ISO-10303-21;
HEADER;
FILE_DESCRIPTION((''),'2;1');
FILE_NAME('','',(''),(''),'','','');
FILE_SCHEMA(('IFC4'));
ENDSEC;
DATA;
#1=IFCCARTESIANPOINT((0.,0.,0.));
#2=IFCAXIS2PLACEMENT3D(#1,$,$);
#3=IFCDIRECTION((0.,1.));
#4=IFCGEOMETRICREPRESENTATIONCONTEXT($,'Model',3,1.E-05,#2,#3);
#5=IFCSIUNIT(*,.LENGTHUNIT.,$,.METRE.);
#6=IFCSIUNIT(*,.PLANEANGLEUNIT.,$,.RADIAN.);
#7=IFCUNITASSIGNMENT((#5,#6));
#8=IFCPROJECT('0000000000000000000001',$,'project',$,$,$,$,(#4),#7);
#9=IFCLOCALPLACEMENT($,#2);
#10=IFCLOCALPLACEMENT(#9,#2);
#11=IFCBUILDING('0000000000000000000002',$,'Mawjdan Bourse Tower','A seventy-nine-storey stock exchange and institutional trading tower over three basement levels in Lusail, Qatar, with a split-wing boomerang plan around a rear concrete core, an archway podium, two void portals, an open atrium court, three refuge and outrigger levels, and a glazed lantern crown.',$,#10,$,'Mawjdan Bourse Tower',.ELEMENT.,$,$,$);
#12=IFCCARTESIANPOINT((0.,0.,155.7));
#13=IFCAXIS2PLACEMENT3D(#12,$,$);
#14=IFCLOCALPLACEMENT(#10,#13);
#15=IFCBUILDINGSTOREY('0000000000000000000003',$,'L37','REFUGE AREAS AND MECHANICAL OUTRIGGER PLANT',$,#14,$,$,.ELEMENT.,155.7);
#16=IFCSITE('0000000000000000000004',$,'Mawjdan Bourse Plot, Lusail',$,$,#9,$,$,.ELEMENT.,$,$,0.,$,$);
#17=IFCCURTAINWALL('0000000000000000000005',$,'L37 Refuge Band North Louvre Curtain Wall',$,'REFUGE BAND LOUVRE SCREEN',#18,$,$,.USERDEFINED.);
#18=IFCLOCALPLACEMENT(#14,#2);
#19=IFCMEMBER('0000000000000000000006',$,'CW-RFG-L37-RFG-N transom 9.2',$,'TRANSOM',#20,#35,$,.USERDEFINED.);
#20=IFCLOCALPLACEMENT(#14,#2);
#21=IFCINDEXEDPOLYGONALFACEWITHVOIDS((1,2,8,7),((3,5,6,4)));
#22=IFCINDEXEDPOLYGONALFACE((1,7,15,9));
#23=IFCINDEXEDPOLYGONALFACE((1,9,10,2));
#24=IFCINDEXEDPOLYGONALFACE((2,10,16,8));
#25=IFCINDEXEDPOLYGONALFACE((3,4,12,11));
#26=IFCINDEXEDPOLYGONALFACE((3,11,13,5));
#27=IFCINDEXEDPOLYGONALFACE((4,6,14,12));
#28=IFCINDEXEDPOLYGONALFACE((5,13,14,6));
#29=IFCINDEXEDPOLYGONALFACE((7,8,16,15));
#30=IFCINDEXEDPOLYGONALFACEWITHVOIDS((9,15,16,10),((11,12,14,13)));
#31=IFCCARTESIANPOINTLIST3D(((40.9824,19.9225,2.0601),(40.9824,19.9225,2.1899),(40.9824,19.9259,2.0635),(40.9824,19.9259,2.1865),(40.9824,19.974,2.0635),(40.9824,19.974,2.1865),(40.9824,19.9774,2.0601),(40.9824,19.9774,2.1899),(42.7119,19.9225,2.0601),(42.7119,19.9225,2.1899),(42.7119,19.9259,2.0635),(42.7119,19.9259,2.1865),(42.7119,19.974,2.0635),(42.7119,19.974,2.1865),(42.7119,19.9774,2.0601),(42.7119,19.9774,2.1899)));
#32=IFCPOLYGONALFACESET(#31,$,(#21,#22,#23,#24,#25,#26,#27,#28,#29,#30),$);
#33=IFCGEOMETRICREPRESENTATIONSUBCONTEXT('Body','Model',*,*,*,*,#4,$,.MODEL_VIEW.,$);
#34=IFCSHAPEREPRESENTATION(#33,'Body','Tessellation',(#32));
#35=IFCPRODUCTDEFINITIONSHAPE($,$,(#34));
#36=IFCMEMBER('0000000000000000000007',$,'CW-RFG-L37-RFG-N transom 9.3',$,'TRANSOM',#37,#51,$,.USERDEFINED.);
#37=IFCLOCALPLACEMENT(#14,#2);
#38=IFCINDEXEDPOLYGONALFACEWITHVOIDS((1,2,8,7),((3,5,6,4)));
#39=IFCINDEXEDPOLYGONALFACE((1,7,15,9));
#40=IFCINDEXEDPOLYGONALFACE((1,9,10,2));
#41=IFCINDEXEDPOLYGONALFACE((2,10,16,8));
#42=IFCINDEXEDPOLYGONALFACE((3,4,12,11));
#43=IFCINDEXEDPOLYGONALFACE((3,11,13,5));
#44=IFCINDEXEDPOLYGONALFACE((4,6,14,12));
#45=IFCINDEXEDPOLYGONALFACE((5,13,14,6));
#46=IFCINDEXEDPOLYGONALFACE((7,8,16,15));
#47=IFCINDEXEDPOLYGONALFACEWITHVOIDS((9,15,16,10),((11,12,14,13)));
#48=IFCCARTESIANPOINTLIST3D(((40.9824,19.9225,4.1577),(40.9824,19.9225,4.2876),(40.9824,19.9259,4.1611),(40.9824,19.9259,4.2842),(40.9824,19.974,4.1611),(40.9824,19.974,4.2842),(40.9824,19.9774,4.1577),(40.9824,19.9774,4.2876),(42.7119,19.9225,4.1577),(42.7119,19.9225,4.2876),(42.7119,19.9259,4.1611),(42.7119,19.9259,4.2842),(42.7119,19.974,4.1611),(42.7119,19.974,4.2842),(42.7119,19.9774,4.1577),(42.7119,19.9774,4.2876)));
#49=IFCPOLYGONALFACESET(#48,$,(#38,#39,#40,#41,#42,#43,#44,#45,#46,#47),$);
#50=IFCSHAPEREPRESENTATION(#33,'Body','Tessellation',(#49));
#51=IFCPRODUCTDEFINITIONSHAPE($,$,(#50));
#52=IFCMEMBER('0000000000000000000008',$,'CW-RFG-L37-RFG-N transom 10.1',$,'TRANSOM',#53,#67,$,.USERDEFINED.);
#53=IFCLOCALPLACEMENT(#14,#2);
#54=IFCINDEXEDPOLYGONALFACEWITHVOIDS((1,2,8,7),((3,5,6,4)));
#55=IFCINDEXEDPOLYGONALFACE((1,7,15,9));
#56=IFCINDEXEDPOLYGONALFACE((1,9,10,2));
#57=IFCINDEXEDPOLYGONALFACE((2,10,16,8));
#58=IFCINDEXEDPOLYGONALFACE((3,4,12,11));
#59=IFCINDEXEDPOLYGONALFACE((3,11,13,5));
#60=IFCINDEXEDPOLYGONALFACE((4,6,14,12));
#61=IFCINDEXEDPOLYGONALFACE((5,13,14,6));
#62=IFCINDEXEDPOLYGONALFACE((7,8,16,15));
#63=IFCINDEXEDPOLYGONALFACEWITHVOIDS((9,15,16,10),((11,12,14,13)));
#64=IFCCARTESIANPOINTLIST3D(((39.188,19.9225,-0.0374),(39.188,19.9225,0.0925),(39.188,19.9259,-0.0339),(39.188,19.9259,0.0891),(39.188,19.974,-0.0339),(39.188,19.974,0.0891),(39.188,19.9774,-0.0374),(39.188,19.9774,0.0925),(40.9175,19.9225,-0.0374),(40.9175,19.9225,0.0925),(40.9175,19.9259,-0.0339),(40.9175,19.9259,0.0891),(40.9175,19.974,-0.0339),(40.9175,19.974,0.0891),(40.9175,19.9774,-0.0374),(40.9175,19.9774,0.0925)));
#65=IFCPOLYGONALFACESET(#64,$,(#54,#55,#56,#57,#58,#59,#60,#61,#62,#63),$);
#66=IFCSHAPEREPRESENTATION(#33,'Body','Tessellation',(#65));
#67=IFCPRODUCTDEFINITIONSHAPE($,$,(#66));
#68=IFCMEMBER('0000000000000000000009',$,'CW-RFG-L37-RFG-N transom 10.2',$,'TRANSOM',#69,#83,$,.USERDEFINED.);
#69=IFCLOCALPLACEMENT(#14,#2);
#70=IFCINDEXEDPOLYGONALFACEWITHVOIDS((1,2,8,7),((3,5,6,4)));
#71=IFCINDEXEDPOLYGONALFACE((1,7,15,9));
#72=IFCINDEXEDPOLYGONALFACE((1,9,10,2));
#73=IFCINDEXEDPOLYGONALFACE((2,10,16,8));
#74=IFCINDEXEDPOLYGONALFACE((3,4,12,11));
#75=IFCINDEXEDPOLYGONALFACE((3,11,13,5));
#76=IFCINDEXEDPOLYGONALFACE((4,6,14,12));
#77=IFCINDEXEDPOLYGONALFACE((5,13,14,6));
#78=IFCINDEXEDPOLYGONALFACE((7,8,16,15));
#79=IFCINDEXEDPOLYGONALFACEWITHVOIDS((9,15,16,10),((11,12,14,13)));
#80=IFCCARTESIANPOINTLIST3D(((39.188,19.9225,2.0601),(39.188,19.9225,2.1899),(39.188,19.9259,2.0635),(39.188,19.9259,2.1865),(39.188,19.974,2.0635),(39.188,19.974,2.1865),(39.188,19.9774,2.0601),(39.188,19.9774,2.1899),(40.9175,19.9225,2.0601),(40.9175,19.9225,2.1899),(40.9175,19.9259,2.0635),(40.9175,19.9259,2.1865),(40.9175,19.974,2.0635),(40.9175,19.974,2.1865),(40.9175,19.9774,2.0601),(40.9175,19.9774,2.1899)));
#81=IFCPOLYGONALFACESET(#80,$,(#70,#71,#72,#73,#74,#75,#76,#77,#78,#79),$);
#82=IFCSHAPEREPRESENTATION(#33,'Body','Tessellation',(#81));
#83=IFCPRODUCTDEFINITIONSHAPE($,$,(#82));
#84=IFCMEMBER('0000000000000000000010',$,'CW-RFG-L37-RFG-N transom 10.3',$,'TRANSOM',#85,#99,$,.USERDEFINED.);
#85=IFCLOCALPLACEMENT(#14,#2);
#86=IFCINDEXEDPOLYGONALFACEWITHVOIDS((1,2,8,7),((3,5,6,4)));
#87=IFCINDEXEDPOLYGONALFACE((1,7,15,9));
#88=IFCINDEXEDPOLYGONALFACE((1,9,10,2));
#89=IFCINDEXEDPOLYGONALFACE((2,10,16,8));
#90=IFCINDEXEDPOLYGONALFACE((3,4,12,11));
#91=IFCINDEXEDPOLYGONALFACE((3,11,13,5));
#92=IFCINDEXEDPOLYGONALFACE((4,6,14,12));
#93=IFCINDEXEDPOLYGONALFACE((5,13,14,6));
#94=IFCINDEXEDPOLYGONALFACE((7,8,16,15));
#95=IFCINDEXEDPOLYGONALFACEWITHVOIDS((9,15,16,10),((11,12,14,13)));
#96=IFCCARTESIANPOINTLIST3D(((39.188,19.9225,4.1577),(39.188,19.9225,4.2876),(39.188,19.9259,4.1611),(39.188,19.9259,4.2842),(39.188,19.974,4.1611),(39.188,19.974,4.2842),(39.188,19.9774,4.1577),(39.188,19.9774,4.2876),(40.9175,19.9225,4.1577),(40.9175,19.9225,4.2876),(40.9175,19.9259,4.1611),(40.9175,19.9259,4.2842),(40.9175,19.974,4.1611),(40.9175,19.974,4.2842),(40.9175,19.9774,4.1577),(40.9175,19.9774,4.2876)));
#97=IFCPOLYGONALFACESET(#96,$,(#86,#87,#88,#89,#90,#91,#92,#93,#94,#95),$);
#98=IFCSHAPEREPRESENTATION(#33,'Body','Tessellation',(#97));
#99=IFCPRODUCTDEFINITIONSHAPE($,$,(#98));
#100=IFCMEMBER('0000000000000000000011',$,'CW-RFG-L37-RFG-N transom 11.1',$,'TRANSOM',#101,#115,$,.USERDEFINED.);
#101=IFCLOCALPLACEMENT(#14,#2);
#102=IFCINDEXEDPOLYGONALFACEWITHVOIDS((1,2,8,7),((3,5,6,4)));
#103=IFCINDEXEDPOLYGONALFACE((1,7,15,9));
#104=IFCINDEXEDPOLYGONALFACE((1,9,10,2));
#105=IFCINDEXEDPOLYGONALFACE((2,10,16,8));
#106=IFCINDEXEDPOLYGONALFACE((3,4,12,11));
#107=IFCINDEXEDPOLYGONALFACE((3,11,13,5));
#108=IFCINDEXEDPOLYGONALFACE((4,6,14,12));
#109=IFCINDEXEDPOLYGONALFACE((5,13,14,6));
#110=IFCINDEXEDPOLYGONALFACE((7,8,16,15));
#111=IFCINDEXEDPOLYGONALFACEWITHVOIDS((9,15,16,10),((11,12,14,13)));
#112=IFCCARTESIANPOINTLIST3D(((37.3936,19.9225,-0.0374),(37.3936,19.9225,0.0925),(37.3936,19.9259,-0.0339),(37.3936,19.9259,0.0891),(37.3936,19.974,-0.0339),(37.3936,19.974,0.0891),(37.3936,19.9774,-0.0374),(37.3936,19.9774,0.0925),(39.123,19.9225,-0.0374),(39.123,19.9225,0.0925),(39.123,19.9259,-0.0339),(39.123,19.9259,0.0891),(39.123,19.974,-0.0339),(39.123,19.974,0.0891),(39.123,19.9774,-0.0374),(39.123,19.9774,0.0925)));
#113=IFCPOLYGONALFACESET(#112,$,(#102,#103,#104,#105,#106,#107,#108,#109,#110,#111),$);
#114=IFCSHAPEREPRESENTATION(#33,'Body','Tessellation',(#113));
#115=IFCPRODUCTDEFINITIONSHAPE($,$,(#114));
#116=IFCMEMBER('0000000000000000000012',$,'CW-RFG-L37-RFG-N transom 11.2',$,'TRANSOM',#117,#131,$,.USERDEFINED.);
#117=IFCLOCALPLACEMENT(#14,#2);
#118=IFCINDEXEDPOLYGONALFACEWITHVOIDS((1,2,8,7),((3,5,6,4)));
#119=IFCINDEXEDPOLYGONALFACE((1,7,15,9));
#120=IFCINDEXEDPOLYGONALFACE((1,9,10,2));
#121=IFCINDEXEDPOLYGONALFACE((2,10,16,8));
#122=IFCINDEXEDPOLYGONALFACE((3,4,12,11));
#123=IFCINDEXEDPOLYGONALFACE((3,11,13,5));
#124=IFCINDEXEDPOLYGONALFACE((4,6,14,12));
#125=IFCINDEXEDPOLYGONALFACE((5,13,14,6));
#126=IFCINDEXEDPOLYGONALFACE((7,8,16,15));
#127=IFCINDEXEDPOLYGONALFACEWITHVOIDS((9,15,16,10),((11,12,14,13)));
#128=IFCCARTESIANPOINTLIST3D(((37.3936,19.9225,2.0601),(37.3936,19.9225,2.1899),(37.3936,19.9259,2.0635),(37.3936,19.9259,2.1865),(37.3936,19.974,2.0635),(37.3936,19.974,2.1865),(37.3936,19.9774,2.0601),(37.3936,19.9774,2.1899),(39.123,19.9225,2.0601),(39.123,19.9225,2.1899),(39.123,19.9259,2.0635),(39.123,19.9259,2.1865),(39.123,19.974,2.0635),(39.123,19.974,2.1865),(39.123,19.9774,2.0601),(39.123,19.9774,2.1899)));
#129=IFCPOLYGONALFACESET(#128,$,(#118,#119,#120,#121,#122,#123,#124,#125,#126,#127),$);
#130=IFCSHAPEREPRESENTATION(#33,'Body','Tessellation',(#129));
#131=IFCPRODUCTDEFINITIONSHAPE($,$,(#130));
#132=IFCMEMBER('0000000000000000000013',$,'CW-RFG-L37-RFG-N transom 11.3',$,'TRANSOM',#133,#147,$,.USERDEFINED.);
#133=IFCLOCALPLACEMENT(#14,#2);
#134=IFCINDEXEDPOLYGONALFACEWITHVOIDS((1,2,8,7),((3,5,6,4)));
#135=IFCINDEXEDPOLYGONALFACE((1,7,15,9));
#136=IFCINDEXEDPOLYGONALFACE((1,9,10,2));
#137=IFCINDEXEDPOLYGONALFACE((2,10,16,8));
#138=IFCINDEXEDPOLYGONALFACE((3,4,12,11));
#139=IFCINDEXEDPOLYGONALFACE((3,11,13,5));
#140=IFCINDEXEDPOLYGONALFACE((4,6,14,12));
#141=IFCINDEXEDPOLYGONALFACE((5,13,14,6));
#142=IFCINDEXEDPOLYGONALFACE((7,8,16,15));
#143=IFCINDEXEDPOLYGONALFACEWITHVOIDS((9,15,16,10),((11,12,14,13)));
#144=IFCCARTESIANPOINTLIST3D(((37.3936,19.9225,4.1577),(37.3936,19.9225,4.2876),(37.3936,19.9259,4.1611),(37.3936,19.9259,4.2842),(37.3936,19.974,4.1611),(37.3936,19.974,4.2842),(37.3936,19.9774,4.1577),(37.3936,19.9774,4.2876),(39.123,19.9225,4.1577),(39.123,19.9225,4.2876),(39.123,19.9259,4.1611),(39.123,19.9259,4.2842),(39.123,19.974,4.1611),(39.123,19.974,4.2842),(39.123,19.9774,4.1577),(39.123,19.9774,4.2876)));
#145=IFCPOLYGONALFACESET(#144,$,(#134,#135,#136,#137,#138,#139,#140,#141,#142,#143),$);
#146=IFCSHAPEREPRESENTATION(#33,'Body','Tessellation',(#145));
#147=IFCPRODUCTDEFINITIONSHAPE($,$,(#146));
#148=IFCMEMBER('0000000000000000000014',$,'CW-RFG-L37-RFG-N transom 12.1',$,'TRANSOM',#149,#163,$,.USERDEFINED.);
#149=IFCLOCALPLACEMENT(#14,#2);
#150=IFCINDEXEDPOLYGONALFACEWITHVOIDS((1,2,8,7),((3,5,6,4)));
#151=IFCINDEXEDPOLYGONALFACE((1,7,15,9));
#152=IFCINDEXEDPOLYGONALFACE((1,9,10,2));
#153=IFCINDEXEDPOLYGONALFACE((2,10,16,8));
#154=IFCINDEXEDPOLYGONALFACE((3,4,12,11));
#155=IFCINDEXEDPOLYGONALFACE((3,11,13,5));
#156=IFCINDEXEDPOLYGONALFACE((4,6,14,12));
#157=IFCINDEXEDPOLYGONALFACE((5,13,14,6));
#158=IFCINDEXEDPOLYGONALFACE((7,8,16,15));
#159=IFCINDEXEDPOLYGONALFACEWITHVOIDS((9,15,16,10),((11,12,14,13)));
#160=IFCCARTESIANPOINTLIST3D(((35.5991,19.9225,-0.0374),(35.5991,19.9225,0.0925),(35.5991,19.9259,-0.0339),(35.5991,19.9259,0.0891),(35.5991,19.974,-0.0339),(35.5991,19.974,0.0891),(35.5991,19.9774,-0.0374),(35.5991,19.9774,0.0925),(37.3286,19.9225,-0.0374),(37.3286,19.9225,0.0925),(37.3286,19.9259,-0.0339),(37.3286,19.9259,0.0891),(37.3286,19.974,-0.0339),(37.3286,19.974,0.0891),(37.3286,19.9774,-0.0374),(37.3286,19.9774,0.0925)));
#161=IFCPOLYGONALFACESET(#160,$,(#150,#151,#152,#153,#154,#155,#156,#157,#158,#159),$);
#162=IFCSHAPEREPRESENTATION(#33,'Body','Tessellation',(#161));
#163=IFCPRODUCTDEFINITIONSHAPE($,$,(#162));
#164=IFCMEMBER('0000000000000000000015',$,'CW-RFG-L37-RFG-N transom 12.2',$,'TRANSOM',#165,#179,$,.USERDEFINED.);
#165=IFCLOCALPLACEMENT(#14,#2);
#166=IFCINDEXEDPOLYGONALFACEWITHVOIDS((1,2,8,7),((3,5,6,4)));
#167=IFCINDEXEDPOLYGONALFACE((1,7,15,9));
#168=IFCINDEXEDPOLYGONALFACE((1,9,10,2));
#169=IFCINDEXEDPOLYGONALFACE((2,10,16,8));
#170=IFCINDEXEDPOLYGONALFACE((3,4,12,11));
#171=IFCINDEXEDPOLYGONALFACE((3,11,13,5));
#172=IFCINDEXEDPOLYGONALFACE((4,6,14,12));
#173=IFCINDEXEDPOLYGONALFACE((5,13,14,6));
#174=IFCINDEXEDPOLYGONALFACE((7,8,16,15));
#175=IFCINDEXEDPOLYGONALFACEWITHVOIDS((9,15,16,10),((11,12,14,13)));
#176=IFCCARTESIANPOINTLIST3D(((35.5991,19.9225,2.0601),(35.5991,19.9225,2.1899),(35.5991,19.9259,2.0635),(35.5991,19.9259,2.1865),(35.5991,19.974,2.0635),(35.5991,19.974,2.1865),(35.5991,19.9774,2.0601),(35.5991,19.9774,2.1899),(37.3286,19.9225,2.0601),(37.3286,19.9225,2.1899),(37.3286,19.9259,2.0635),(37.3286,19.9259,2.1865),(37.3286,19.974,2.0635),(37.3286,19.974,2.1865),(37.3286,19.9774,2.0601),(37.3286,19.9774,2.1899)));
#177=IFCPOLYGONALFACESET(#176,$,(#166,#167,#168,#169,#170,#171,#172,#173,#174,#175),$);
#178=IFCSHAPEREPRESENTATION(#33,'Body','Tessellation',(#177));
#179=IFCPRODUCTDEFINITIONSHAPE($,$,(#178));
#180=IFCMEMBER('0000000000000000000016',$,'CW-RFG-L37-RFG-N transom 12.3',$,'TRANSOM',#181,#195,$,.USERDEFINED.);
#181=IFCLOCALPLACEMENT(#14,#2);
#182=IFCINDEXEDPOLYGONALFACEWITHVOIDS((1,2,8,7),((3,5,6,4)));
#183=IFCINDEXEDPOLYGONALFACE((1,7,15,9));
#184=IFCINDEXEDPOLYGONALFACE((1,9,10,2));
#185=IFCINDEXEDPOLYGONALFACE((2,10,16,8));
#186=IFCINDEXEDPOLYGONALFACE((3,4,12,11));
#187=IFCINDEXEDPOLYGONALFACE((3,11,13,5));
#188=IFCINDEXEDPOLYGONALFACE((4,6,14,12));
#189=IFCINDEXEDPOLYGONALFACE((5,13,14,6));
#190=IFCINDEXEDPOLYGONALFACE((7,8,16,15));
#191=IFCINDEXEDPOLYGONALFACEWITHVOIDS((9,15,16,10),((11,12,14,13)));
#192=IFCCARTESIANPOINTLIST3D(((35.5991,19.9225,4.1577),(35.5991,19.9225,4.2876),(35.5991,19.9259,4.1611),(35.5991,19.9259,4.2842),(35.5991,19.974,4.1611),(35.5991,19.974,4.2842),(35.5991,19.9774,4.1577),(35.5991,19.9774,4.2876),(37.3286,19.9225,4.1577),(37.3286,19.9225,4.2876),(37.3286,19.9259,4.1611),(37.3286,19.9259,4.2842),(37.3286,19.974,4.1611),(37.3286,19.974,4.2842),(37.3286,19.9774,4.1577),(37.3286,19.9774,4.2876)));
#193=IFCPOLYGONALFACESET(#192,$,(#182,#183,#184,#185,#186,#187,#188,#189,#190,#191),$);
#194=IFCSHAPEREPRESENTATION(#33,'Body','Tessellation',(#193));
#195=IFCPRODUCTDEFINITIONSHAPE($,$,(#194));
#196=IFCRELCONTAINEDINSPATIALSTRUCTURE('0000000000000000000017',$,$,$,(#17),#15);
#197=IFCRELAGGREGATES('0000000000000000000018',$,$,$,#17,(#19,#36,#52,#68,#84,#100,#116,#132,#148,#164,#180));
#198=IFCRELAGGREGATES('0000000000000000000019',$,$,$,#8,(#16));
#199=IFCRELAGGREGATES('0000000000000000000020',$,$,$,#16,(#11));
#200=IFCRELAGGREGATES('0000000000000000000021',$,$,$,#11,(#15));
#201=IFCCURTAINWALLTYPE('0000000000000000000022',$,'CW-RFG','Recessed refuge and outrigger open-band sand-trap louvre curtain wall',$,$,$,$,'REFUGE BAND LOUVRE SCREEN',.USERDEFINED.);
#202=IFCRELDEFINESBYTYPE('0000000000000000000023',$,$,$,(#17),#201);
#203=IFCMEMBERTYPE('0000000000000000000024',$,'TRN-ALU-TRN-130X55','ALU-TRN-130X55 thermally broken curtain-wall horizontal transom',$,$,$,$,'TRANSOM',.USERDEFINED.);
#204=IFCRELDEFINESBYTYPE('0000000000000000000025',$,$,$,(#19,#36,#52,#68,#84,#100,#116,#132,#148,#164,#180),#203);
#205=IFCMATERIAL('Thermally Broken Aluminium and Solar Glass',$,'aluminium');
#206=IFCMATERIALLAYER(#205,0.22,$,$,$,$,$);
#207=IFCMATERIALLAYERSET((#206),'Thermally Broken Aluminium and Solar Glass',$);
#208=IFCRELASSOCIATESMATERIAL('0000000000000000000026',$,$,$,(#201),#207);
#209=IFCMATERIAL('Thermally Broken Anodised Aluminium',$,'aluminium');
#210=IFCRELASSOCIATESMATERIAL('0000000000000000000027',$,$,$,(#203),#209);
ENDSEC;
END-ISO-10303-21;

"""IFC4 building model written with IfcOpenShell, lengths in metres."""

from ifc_helpers import new_model, si_unit, direction, frame, origin, origin_2d, place, context, subcontext, project, spatial, hollow_rectangle, extrude, material, layer, layer_set, material_profile, profile_set, type_object, element, aggregate, save


model = new_model("IFC4")

# Units and contexts
model_context = context("Model", 3, precision=1e-05, world=origin(), true_north=direction((0.0, 1.0)))
body_context = subcontext(model_context, "Body", "Model", "MODEL_VIEW")
ifc_project = project(units=[si_unit("LENGTHUNIT", "METRE"), si_unit("PLANEANGLEUNIT", "RADIAN")], contexts=[model_context])

# Site, building, storey
site_placement = place(None, origin())
site = spatial("IfcSite", under=ifc_project, at=site_placement, Name="Mawjdan Bourse Plot, Lusail", CompositionType="ELEMENT", RefElevation=0.0)
building_placement = place(site_placement, origin())
building = spatial("IfcBuilding", under=site, at=building_placement, Name="Mawjdan Bourse Tower", Description="A seventy-nine-storey stock exchange and institutional trading tower over three basement levels in Lusail, Qatar, with a split-wing boomerang plan around a rear concrete core, an archway podium, two void portals, an open atrium court, three refuge and outrigger levels, and a glazed lantern crown.", LongName="Mawjdan Bourse Tower", CompositionType="ELEMENT")
storey_placement = place(building_placement, frame((0.0, 0.0, 155.7)))
storey = spatial("IfcBuildingStorey", under=building, at=storey_placement, Name="L37", Description="REFUGE AREAS AND MECHANICAL OUTRIGGER PLANT", CompositionType="ELEMENT", Elevation=155.7)

# Curtain wall
ifc_material_1 = material(Name="Thermally Broken Aluminium and Solar Glass", Category="aluminium")
ifc_layer_1 = layer(ifc_material_1, 0.22)
ifc_layer_set_1 = layer_set([ifc_layer_1], Name="Thermally Broken Aluminium and Solar Glass")
curtain_wall_type = type_object("IfcCurtainWallType", Name="CW-RFG", Description="Recessed refuge and outrigger open-band sand-trap louvre curtain wall", ElementType="REFUGE BAND LOUVRE SCREEN", PredefinedType="USERDEFINED", material=ifc_layer_set_1)
curtain_wall_placement = place(storey_placement, origin())
curtain_wall = element("IfcCurtainWall", 1, at=curtain_wall_placement, inside=storey, type_object=curtain_wall_type, Name="L37 Refuge Band North Louvre Curtain Wall", ObjectType="REFUGE BAND LOUVRE SCREEN", PredefinedType="USERDEFINED")
ifc_material_2 = material(Name="Thermally Broken Anodised Aluminium", Category="aluminium")

# Members
ifc_material_profile_1 = material_profile(ifc_material_2, hollow_rectangle(XDim=0.0549, YDim=0.1299, WallThickness=0.0034, at=origin_2d()), Name="ALU-TRN-130X55")
ifc_profile_set_1 = profile_set([ifc_material_profile_1], Name="Thermally Broken Anodised Aluminium")
member_type_1 = type_object("IfcMemberType", Name="TRN-ALU-TRN-130X55", Description="ALU-TRN-130X55 thermally broken curtain-wall horizontal transom", ElementType="TRANSOM", PredefinedType="USERDEFINED", material=ifc_profile_set_1)
member_1_placement = place(storey_placement, frame((42.7119, 19.95, 2.125), z_axis=(-1.0, 0.0, 0.0), x_axis=(0.0, -1.0, 0.0)))
member_1 = element("IfcMember", 2, at=member_1_placement, type_object=member_type_1, Name="CW-RFG-L37-RFG-N transom 9.2", ObjectType="TRANSOM", PredefinedType="USERDEFINED", context=body_context, shape_type="SweptSolid", body=[
    extrude(hollow_rectangle(XDim=0.0549, YDim=0.1299, WallThickness=0.0034, at=origin_2d()), origin(), (0.0, 0.0, 1.0), 1.7295),
])
member_2_placement = place(storey_placement, frame((42.7119, 19.95, 4.2227), z_axis=(-1.0, 0.0, 0.0), x_axis=(0.0, -1.0, 0.0)))
member_2 = element("IfcMember", 3, at=member_2_placement, type_object=member_type_1, Name="CW-RFG-L37-RFG-N transom 9.3", ObjectType="TRANSOM", PredefinedType="USERDEFINED", context=body_context, shape_type="SweptSolid", body=[
    extrude(hollow_rectangle(XDim=0.0549, YDim=0.1299, WallThickness=0.0034, at=origin_2d()), origin(), (0.0, 0.0, 1.0), 1.7295),
])
member_3_placement = place(storey_placement, frame((40.9175, 19.95, 0.0276), z_axis=(-1.0, 0.0, 0.0), x_axis=(0.0, -1.0, 0.0)))
member_3 = element("IfcMember", 4, at=member_3_placement, type_object=member_type_1, Name="CW-RFG-L37-RFG-N transom 10.1", ObjectType="TRANSOM", PredefinedType="USERDEFINED", context=body_context, shape_type="SweptSolid", body=[
    extrude(hollow_rectangle(XDim=0.0549, YDim=0.1299, WallThickness=0.0034, at=origin_2d()), origin(), (0.0, 0.0, 1.0), 1.7295),
])
member_4_placement = place(storey_placement, frame((40.9175, 19.95, 2.125), z_axis=(-1.0, 0.0, 0.0), x_axis=(0.0, -1.0, 0.0)))
member_4 = element("IfcMember", 5, at=member_4_placement, type_object=member_type_1, Name="CW-RFG-L37-RFG-N transom 10.2", ObjectType="TRANSOM", PredefinedType="USERDEFINED", context=body_context, shape_type="SweptSolid", body=[
    extrude(hollow_rectangle(XDim=0.0549, YDim=0.1299, WallThickness=0.0034, at=origin_2d()), origin(), (0.0, 0.0, 1.0), 1.7295),
])
member_5_placement = place(storey_placement, frame((40.9175, 19.95, 4.2227), z_axis=(-1.0, 0.0, 0.0), x_axis=(0.0, -1.0, 0.0)))
member_5 = element("IfcMember", 6, at=member_5_placement, type_object=member_type_1, Name="CW-RFG-L37-RFG-N transom 10.3", ObjectType="TRANSOM", PredefinedType="USERDEFINED", context=body_context, shape_type="SweptSolid", body=[
    extrude(hollow_rectangle(XDim=0.0549, YDim=0.1299, WallThickness=0.0034, at=origin_2d()), origin(), (0.0, 0.0, 1.0), 1.7295),
])
member_6_placement = place(storey_placement, frame((39.123, 19.95, 0.0276), z_axis=(-1.0, 0.0, 0.0), x_axis=(0.0, -1.0, 0.0)))
member_6 = element("IfcMember", 7, at=member_6_placement, type_object=member_type_1, Name="CW-RFG-L37-RFG-N transom 11.1", ObjectType="TRANSOM", PredefinedType="USERDEFINED", context=body_context, shape_type="SweptSolid", body=[
    extrude(hollow_rectangle(XDim=0.0549, YDim=0.1299, WallThickness=0.0034, at=origin_2d()), origin(), (0.0, 0.0, 1.0), 1.7295),
])
member_7_placement = place(storey_placement, frame((39.123, 19.95, 2.125), z_axis=(-1.0, 0.0, 0.0), x_axis=(0.0, -1.0, 0.0)))
member_7 = element("IfcMember", 8, at=member_7_placement, type_object=member_type_1, Name="CW-RFG-L37-RFG-N transom 11.2", ObjectType="TRANSOM", PredefinedType="USERDEFINED", context=body_context, shape_type="SweptSolid", body=[
    extrude(hollow_rectangle(XDim=0.0549, YDim=0.1299, WallThickness=0.0034, at=origin_2d()), origin(), (0.0, 0.0, 1.0), 1.7295),
])
member_8_placement = place(storey_placement, frame((39.123, 19.95, 4.2227), z_axis=(-1.0, 0.0, 0.0), x_axis=(0.0, -1.0, 0.0)))
member_8 = element("IfcMember", 9, at=member_8_placement, type_object=member_type_1, Name="CW-RFG-L37-RFG-N transom 11.3", ObjectType="TRANSOM", PredefinedType="USERDEFINED", context=body_context, shape_type="SweptSolid", body=[
    extrude(hollow_rectangle(XDim=0.0549, YDim=0.1299, WallThickness=0.0034, at=origin_2d()), origin(), (0.0, 0.0, 1.0), 1.7295),
])
member_9_placement = place(storey_placement, frame((37.3286, 19.95, 0.0276), z_axis=(-1.0, 0.0, 0.0), x_axis=(0.0, -1.0, 0.0)))
member_9 = element("IfcMember", 10, at=member_9_placement, type_object=member_type_1, Name="CW-RFG-L37-RFG-N transom 12.1", ObjectType="TRANSOM", PredefinedType="USERDEFINED", context=body_context, shape_type="SweptSolid", body=[
    extrude(hollow_rectangle(XDim=0.0549, YDim=0.1299, WallThickness=0.0034, at=origin_2d()), origin(), (0.0, 0.0, 1.0), 1.7295),
])
member_10_placement = place(storey_placement, frame((37.3286, 19.95, 2.125), z_axis=(-1.0, 0.0, 0.0), x_axis=(0.0, -1.0, 0.0)))
member_10 = element("IfcMember", 11, at=member_10_placement, type_object=member_type_1, Name="CW-RFG-L37-RFG-N transom 12.2", ObjectType="TRANSOM", PredefinedType="USERDEFINED", context=body_context, shape_type="SweptSolid", body=[
    extrude(hollow_rectangle(XDim=0.0549, YDim=0.1299, WallThickness=0.0034, at=origin_2d()), origin(), (0.0, 0.0, 1.0), 1.7295),
])
member_11_placement = place(storey_placement, frame((37.3286, 19.95, 4.2227), z_axis=(-1.0, 0.0, 0.0), x_axis=(0.0, -1.0, 0.0)))
member_11 = element("IfcMember", 12, at=member_11_placement, type_object=member_type_1, Name="CW-RFG-L37-RFG-N transom 12.3", ObjectType="TRANSOM", PredefinedType="USERDEFINED", context=body_context, shape_type="SweptSolid", body=[
    extrude(hollow_rectangle(XDim=0.0549, YDim=0.1299, WallThickness=0.0034, at=origin_2d()), origin(), (0.0, 0.0, 1.0), 1.7295),
])

aggregate(curtain_wall, [member_1, member_2, member_3, member_4, member_5, member_6, member_7, member_8, member_9, member_10, member_11])

save(model, "model.ifc")
